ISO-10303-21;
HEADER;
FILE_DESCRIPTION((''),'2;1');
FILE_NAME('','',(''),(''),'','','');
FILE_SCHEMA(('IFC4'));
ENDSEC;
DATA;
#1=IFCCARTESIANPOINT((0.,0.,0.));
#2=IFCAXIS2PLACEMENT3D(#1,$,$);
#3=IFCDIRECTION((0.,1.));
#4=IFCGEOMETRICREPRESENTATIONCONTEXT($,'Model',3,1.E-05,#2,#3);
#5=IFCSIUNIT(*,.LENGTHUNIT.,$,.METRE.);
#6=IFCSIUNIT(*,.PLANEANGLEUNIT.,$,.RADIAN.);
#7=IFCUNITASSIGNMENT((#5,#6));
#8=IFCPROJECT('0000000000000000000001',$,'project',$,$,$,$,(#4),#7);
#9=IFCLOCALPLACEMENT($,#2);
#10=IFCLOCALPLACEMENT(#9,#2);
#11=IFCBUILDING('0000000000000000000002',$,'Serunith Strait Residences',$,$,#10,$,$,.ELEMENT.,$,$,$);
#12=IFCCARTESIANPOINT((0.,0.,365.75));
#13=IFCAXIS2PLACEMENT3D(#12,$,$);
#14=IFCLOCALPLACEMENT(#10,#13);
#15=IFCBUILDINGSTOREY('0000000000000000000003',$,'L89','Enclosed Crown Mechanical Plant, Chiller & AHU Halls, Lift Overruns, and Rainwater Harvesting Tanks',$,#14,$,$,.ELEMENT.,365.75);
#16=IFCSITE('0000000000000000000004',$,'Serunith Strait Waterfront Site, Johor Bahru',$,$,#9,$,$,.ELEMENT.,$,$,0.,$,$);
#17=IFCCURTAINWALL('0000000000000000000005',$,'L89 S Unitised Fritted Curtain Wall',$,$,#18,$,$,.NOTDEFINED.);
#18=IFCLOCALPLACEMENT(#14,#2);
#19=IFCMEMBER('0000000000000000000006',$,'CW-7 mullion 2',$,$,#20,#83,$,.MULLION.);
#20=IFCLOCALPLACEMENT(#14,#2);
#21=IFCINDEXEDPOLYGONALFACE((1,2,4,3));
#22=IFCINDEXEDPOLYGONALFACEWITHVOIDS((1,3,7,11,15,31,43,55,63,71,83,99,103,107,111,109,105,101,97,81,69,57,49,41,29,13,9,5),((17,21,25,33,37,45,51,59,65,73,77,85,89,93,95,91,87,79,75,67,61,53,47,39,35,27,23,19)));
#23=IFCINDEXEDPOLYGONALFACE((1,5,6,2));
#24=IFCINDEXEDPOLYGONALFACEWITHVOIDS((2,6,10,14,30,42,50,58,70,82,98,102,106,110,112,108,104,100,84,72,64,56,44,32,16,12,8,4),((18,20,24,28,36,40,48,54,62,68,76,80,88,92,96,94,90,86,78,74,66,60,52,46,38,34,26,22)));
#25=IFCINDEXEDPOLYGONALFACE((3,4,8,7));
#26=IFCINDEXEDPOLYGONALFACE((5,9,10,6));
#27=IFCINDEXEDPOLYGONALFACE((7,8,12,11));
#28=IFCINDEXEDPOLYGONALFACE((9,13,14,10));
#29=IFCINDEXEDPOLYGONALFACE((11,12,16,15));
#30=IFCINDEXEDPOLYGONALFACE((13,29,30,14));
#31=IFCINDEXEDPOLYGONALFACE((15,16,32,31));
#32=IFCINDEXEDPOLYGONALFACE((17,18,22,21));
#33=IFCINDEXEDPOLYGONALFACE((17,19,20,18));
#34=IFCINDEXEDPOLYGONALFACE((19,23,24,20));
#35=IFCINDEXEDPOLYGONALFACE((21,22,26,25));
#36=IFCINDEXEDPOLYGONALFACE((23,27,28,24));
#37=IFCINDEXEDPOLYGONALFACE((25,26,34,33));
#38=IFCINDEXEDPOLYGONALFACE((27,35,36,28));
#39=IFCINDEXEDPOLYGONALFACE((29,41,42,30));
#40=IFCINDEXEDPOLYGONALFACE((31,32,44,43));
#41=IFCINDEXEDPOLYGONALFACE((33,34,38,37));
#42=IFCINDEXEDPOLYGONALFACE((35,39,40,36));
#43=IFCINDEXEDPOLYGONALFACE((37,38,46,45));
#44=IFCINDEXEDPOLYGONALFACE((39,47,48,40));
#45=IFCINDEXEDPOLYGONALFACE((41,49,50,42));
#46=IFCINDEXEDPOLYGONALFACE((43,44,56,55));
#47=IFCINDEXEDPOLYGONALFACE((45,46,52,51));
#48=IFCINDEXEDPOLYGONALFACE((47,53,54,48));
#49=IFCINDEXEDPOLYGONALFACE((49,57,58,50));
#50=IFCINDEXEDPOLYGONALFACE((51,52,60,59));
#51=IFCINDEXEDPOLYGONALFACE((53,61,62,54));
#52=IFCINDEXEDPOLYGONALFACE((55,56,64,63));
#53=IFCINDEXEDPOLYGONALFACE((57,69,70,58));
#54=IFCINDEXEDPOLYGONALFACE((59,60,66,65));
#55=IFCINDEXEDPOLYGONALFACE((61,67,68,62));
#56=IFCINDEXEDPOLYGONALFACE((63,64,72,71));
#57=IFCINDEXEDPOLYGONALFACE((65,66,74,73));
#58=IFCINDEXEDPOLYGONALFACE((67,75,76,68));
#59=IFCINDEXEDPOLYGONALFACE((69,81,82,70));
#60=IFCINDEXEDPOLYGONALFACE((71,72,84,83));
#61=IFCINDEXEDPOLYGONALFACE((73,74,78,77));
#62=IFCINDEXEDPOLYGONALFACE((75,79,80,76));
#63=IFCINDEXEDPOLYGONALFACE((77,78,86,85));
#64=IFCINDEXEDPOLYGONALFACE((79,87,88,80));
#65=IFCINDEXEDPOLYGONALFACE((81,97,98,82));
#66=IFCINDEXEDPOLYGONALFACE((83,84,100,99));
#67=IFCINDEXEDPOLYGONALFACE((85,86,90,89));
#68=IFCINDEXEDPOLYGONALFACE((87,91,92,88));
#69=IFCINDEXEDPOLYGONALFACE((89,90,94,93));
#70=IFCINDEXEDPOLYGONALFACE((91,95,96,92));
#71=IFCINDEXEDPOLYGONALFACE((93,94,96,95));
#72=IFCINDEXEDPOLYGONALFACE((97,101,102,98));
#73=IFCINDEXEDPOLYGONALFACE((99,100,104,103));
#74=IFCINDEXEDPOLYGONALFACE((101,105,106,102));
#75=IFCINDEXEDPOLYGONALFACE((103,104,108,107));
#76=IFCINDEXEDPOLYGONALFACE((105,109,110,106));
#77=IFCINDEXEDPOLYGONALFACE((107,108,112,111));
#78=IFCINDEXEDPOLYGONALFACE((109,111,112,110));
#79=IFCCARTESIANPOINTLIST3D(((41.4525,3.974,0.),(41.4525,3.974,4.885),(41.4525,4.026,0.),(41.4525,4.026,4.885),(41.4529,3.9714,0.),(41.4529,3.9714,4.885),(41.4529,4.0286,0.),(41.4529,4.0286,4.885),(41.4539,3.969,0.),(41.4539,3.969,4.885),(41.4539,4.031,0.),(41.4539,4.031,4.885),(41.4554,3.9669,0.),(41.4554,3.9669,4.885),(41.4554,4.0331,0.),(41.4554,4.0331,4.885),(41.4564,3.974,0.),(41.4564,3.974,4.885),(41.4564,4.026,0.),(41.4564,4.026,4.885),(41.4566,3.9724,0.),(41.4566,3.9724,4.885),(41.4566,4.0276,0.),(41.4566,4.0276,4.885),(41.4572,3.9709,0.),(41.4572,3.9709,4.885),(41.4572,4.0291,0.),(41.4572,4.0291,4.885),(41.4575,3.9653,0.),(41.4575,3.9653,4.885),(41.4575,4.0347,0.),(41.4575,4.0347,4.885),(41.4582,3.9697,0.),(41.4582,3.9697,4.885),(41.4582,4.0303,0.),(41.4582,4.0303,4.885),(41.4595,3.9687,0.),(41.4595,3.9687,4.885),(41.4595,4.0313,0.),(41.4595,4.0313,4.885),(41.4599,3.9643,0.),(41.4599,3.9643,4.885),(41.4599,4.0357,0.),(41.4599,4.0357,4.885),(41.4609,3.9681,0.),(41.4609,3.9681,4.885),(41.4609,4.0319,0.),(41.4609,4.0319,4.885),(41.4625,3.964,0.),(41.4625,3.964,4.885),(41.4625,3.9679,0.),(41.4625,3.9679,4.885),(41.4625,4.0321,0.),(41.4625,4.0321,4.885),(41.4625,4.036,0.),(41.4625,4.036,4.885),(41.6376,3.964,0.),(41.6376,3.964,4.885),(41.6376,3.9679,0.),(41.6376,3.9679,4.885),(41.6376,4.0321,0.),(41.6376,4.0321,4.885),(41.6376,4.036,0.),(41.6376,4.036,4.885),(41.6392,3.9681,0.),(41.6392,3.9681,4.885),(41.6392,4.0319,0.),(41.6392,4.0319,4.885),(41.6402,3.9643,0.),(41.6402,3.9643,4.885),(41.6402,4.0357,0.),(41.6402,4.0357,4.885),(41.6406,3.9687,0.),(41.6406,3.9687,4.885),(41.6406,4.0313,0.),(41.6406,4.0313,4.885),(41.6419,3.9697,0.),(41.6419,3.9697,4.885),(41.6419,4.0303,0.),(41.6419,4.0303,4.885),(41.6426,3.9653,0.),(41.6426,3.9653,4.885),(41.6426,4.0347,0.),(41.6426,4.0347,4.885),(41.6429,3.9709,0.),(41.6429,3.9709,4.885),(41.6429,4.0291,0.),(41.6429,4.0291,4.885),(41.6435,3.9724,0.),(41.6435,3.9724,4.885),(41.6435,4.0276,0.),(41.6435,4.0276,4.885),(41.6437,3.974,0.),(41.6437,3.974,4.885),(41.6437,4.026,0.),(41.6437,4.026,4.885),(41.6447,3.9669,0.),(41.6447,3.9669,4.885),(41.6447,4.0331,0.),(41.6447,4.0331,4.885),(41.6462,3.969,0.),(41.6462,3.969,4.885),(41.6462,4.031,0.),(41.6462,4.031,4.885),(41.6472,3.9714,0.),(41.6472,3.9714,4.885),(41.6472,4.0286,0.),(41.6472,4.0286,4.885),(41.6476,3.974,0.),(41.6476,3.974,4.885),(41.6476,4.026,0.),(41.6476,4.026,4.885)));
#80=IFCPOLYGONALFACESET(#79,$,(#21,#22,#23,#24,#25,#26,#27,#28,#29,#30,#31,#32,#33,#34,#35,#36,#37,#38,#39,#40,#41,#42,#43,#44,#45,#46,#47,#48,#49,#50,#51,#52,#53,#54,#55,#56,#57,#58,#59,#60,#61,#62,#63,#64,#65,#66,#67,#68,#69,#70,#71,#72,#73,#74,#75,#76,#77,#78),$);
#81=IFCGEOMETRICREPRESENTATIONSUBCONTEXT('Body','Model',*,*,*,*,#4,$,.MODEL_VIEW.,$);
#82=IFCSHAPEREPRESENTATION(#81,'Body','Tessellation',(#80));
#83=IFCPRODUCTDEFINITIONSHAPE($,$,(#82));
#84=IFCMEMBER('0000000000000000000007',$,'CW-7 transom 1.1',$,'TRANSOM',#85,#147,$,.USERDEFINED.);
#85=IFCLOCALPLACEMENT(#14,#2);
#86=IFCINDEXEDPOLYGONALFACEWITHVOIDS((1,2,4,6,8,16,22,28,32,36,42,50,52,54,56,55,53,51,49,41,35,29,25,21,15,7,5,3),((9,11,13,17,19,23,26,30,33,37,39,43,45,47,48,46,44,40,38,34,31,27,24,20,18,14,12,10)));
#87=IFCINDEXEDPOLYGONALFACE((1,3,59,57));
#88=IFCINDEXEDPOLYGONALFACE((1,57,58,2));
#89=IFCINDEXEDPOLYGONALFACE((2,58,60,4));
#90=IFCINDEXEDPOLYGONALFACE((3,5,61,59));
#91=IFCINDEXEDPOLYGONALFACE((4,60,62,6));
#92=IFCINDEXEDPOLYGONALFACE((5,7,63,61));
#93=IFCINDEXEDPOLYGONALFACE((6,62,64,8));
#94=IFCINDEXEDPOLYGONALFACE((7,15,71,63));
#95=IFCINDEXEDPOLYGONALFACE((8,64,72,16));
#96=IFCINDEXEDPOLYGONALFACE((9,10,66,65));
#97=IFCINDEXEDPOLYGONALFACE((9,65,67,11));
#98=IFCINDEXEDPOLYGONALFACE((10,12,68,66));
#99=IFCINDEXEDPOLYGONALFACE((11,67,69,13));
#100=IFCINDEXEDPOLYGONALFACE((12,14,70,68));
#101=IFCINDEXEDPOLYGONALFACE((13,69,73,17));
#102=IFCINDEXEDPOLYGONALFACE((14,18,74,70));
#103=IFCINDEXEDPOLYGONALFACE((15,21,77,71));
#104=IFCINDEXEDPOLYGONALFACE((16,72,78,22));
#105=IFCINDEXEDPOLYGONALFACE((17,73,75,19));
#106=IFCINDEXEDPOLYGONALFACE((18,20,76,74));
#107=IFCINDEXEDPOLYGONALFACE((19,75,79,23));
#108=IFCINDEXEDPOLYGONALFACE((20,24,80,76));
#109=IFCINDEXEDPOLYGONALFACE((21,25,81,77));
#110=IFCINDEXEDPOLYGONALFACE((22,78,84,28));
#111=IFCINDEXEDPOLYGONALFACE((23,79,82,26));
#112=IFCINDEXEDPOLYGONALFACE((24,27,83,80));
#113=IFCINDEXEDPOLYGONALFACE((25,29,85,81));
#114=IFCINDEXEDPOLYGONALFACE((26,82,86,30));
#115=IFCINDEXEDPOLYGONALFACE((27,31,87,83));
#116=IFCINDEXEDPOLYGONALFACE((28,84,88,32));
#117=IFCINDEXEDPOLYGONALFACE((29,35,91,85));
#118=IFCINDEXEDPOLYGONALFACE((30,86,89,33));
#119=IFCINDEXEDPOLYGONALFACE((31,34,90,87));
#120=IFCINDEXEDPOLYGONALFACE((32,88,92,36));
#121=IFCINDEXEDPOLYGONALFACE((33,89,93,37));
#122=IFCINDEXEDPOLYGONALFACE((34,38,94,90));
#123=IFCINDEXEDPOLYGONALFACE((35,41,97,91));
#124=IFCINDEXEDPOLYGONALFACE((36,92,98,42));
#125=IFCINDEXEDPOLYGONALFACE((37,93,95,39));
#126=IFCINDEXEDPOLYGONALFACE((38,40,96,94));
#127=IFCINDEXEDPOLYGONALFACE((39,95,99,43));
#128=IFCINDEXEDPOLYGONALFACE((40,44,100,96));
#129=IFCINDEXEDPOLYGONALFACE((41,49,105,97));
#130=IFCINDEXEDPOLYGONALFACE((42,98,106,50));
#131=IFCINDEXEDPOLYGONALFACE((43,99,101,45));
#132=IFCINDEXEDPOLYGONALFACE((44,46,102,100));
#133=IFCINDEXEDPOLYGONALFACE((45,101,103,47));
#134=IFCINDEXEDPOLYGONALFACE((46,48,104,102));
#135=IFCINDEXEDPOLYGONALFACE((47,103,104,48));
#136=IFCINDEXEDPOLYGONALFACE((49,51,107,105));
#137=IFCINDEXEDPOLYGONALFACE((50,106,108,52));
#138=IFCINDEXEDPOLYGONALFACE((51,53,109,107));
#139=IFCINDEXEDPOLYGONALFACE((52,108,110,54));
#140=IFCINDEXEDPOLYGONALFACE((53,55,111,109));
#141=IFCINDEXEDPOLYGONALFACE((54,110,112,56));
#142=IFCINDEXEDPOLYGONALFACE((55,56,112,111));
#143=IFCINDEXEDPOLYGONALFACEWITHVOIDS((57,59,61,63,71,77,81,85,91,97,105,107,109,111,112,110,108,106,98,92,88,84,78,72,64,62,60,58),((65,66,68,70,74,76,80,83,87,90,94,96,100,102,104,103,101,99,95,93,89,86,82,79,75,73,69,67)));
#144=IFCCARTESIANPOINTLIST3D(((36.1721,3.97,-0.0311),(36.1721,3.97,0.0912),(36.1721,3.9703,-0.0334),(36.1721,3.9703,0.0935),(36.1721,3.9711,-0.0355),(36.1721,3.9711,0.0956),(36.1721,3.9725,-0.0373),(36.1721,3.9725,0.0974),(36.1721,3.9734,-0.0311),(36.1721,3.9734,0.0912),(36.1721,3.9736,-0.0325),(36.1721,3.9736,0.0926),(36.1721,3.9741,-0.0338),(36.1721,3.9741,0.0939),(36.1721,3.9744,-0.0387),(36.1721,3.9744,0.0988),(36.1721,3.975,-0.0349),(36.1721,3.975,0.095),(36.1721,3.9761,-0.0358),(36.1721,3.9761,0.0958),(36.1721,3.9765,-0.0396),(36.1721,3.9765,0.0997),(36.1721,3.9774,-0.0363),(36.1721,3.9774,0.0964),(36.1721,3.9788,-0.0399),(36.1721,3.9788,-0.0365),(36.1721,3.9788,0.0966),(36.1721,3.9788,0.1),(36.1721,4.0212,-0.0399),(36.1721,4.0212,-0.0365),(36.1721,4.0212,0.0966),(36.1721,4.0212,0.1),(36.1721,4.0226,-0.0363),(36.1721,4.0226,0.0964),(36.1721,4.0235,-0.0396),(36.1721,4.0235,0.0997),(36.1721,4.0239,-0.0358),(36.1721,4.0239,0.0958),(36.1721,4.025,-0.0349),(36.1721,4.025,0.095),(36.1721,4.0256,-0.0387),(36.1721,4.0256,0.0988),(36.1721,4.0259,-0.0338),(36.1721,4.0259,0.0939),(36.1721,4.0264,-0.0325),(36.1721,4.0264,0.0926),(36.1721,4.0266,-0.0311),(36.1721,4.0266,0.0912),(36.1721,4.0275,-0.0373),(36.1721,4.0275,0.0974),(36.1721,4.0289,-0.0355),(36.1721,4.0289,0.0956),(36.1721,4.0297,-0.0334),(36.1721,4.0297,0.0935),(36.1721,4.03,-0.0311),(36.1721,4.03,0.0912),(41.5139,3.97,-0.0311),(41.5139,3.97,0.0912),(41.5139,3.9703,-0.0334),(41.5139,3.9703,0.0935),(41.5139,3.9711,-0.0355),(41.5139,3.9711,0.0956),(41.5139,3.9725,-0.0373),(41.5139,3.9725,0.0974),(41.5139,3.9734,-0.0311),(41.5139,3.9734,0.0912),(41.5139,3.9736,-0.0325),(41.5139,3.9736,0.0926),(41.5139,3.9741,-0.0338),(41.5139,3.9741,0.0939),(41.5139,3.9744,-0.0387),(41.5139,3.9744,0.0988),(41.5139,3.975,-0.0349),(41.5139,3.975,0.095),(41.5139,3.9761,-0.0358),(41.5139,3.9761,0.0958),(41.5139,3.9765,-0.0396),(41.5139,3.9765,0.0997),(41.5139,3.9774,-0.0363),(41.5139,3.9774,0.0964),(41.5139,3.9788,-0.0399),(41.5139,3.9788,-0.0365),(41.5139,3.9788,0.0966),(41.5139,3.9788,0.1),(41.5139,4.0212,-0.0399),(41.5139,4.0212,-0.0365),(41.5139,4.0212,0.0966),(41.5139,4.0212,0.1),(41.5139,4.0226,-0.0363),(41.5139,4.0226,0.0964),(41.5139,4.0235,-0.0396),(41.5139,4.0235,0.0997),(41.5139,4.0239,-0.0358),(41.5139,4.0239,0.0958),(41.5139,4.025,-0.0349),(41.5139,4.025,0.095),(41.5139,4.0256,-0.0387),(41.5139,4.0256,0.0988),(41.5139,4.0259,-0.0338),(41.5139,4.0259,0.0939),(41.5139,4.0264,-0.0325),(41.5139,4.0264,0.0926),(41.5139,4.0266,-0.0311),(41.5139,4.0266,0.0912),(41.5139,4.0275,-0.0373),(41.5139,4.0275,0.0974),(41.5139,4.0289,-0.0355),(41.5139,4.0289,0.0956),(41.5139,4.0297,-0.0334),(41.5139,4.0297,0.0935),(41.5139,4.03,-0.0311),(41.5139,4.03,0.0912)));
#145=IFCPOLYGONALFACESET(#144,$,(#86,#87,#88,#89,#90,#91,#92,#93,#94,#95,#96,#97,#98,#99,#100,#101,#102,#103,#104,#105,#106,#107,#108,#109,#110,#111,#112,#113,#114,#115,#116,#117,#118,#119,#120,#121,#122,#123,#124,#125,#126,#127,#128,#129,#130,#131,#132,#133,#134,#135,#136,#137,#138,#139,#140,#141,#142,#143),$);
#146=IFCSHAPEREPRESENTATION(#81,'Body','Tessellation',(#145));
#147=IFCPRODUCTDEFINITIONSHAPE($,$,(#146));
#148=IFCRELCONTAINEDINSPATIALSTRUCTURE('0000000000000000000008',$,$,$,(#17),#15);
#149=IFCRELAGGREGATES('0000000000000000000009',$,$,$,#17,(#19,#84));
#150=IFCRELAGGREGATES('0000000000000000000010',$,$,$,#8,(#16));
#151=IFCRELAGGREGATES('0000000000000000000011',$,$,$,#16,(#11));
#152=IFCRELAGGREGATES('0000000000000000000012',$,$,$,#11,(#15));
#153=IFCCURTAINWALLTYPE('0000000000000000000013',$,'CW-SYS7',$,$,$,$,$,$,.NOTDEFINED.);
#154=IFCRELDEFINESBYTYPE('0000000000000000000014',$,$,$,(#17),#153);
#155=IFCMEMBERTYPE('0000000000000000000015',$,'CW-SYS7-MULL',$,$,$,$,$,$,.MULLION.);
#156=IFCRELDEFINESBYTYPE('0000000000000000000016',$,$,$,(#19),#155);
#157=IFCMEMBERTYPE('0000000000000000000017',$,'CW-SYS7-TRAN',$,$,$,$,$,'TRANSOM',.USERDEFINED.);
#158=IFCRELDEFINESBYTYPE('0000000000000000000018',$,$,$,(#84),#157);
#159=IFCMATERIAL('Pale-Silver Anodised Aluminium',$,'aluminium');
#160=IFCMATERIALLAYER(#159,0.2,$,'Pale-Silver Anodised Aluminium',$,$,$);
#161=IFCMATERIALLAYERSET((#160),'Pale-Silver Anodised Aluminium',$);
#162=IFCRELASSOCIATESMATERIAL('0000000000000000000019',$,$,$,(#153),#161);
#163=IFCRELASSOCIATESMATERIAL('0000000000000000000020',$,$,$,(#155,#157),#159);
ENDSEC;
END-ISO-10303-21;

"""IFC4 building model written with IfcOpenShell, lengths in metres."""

from ifc_helpers import new_model, si_unit, direction, frame, origin, origin_2d, place, context, subcontext, project, spatial, hollow_rectangle, extrude, source, transform, mapped, material, layer, layer_set, material_profile, profile_set, type_object, element, aggregate, save


model = new_model("IFC4")

# Units and contexts
model_context = context("Model", 3, precision=1e-05, world=origin(), true_north=direction((0.0, 1.0)))
body_context = subcontext(model_context, "Body", "Model", "MODEL_VIEW")
ifc_project = project(units=[si_unit("LENGTHUNIT", "METRE"), si_unit("PLANEANGLEUNIT", "RADIAN")], contexts=[model_context])

# Site, building, storey
site_placement = place(None, origin())
site = spatial("IfcSite", under=ifc_project, at=site_placement, Name="Serunith Strait Waterfront Site, Johor Bahru", CompositionType="ELEMENT", RefElevation=0.0)
building_placement = place(site_placement, origin())
building = spatial("IfcBuilding", under=site, at=building_placement, Name="Serunith Strait Residences", CompositionType="ELEMENT")
storey_placement = place(building_placement, frame((0.0, 0.0, 365.75)))
storey = spatial("IfcBuildingStorey", under=building, at=storey_placement, Name="L89", Description="Enclosed Crown Mechanical Plant, Chiller & AHU Halls, Lift Overruns, and Rainwater Harvesting Tanks", CompositionType="ELEMENT", Elevation=365.75)

# Shared definitions
ifc_material_1 = material(Name="Pale-Silver Anodised Aluminium", Category="aluminium")
ifc_layer_1 = layer(ifc_material_1, 0.2, Name="Pale-Silver Anodised Aluminium")
ifc_layer_set_1 = layer_set([ifc_layer_1], Name="Pale-Silver Anodised Aluminium")
curtain_wall_type = type_object("IfcCurtainWallType", Name="CW-SYS7", PredefinedType="NOTDEFINED", material=ifc_layer_set_1)
ifc_material_profile_1 = material_profile(ifc_material_1, hollow_rectangle(XDim=0.072, YDim=0.1951, WallThickness=0.0039, InnerFilletRadius=0.0061, OuterFilletRadius=0.01, at=origin_2d()), Name="ALU 195x72x4")
ifc_profile_set_1 = profile_set([ifc_material_profile_1], Name="Pale-Silver Anodised Aluminium")
member_type_1 = type_object("IfcMemberType", Name="CW-SYS7-MULL", PredefinedType="MULLION", material=ifc_profile_set_1)
shared_shape_1 = source(origin(), body_context, "Body", "SweptSolid", [
    extrude(hollow_rectangle(XDim=0.072, YDim=0.1951, WallThickness=0.0039, InnerFilletRadius=0.0061, OuterFilletRadius=0.01, at=origin_2d()), origin(), (0.0, 0.0, 1.0), 4.885),
])

# Curtain wall, members
curtain_wall_1_placement = place(storey_placement, origin())
curtain_wall_1 = element("IfcCurtainWall", 1, at=curtain_wall_1_placement, inside=storey, type_object=curtain_wall_type, Name="L89 S Unitised Fritted Curtain Wall", PredefinedType="NOTDEFINED")
member_1_placement = place(storey_placement, frame((41.55, 4.0, 0.0), z_axis=(0.0, 0.0, 1.0), x_axis=(0.0, 1.0, 0.0)))
member_1 = element("IfcMember", 2, at=member_1_placement, type_object=member_type_1, Name="CW-7 mullion 2", PredefinedType="MULLION", context=body_context, shape_type="MappedRepresentation", body=[
    mapped(shared_shape_1, transform((0.0, 0.0, 0.0), scale=1.0)),
])
ifc_material_profile_2 = material_profile(ifc_material_1, hollow_rectangle(XDim=0.0601, YDim=0.1399, WallThickness=0.0034, InnerFilletRadius=0.0054, OuterFilletRadius=0.0088, at=origin_2d()), Name="ALU 140x60x3.5")
ifc_profile_set_2 = profile_set([ifc_material_profile_2], Name="Pale-Silver Anodised Aluminium")
member_type_2 = type_object("IfcMemberType", Name="CW-SYS7-TRAN", ElementType="TRANSOM", PredefinedType="USERDEFINED", material=ifc_profile_set_2)
shared_shape_2 = source(origin(), body_context, "Body", "SweptSolid", [
    extrude(hollow_rectangle(XDim=0.0601, YDim=0.1399, WallThickness=0.0034, InnerFilletRadius=0.0054, OuterFilletRadius=0.0088, at=origin_2d()), origin(), (0.0, 0.0, 1.0), 5.3418),
])
member_2_placement = place(storey_placement, frame((36.1721, 4.0, 0.03), z_axis=(1.0, 0.0, 0.0), x_axis=(0.0, 1.0, 0.0)))
member_2 = element("IfcMember", 3, at=member_2_placement, type_object=member_type_2, Name="CW-7 transom 1.1", ObjectType="TRANSOM", PredefinedType="USERDEFINED", context=body_context, shape_type="MappedRepresentation", body=[
    mapped(shared_shape_2, transform((0.0, 0.0, 0.0), scale=1.0)),
])

aggregate(curtain_wall_1, [member_1, member_2])

save(model, "model.ifc")
